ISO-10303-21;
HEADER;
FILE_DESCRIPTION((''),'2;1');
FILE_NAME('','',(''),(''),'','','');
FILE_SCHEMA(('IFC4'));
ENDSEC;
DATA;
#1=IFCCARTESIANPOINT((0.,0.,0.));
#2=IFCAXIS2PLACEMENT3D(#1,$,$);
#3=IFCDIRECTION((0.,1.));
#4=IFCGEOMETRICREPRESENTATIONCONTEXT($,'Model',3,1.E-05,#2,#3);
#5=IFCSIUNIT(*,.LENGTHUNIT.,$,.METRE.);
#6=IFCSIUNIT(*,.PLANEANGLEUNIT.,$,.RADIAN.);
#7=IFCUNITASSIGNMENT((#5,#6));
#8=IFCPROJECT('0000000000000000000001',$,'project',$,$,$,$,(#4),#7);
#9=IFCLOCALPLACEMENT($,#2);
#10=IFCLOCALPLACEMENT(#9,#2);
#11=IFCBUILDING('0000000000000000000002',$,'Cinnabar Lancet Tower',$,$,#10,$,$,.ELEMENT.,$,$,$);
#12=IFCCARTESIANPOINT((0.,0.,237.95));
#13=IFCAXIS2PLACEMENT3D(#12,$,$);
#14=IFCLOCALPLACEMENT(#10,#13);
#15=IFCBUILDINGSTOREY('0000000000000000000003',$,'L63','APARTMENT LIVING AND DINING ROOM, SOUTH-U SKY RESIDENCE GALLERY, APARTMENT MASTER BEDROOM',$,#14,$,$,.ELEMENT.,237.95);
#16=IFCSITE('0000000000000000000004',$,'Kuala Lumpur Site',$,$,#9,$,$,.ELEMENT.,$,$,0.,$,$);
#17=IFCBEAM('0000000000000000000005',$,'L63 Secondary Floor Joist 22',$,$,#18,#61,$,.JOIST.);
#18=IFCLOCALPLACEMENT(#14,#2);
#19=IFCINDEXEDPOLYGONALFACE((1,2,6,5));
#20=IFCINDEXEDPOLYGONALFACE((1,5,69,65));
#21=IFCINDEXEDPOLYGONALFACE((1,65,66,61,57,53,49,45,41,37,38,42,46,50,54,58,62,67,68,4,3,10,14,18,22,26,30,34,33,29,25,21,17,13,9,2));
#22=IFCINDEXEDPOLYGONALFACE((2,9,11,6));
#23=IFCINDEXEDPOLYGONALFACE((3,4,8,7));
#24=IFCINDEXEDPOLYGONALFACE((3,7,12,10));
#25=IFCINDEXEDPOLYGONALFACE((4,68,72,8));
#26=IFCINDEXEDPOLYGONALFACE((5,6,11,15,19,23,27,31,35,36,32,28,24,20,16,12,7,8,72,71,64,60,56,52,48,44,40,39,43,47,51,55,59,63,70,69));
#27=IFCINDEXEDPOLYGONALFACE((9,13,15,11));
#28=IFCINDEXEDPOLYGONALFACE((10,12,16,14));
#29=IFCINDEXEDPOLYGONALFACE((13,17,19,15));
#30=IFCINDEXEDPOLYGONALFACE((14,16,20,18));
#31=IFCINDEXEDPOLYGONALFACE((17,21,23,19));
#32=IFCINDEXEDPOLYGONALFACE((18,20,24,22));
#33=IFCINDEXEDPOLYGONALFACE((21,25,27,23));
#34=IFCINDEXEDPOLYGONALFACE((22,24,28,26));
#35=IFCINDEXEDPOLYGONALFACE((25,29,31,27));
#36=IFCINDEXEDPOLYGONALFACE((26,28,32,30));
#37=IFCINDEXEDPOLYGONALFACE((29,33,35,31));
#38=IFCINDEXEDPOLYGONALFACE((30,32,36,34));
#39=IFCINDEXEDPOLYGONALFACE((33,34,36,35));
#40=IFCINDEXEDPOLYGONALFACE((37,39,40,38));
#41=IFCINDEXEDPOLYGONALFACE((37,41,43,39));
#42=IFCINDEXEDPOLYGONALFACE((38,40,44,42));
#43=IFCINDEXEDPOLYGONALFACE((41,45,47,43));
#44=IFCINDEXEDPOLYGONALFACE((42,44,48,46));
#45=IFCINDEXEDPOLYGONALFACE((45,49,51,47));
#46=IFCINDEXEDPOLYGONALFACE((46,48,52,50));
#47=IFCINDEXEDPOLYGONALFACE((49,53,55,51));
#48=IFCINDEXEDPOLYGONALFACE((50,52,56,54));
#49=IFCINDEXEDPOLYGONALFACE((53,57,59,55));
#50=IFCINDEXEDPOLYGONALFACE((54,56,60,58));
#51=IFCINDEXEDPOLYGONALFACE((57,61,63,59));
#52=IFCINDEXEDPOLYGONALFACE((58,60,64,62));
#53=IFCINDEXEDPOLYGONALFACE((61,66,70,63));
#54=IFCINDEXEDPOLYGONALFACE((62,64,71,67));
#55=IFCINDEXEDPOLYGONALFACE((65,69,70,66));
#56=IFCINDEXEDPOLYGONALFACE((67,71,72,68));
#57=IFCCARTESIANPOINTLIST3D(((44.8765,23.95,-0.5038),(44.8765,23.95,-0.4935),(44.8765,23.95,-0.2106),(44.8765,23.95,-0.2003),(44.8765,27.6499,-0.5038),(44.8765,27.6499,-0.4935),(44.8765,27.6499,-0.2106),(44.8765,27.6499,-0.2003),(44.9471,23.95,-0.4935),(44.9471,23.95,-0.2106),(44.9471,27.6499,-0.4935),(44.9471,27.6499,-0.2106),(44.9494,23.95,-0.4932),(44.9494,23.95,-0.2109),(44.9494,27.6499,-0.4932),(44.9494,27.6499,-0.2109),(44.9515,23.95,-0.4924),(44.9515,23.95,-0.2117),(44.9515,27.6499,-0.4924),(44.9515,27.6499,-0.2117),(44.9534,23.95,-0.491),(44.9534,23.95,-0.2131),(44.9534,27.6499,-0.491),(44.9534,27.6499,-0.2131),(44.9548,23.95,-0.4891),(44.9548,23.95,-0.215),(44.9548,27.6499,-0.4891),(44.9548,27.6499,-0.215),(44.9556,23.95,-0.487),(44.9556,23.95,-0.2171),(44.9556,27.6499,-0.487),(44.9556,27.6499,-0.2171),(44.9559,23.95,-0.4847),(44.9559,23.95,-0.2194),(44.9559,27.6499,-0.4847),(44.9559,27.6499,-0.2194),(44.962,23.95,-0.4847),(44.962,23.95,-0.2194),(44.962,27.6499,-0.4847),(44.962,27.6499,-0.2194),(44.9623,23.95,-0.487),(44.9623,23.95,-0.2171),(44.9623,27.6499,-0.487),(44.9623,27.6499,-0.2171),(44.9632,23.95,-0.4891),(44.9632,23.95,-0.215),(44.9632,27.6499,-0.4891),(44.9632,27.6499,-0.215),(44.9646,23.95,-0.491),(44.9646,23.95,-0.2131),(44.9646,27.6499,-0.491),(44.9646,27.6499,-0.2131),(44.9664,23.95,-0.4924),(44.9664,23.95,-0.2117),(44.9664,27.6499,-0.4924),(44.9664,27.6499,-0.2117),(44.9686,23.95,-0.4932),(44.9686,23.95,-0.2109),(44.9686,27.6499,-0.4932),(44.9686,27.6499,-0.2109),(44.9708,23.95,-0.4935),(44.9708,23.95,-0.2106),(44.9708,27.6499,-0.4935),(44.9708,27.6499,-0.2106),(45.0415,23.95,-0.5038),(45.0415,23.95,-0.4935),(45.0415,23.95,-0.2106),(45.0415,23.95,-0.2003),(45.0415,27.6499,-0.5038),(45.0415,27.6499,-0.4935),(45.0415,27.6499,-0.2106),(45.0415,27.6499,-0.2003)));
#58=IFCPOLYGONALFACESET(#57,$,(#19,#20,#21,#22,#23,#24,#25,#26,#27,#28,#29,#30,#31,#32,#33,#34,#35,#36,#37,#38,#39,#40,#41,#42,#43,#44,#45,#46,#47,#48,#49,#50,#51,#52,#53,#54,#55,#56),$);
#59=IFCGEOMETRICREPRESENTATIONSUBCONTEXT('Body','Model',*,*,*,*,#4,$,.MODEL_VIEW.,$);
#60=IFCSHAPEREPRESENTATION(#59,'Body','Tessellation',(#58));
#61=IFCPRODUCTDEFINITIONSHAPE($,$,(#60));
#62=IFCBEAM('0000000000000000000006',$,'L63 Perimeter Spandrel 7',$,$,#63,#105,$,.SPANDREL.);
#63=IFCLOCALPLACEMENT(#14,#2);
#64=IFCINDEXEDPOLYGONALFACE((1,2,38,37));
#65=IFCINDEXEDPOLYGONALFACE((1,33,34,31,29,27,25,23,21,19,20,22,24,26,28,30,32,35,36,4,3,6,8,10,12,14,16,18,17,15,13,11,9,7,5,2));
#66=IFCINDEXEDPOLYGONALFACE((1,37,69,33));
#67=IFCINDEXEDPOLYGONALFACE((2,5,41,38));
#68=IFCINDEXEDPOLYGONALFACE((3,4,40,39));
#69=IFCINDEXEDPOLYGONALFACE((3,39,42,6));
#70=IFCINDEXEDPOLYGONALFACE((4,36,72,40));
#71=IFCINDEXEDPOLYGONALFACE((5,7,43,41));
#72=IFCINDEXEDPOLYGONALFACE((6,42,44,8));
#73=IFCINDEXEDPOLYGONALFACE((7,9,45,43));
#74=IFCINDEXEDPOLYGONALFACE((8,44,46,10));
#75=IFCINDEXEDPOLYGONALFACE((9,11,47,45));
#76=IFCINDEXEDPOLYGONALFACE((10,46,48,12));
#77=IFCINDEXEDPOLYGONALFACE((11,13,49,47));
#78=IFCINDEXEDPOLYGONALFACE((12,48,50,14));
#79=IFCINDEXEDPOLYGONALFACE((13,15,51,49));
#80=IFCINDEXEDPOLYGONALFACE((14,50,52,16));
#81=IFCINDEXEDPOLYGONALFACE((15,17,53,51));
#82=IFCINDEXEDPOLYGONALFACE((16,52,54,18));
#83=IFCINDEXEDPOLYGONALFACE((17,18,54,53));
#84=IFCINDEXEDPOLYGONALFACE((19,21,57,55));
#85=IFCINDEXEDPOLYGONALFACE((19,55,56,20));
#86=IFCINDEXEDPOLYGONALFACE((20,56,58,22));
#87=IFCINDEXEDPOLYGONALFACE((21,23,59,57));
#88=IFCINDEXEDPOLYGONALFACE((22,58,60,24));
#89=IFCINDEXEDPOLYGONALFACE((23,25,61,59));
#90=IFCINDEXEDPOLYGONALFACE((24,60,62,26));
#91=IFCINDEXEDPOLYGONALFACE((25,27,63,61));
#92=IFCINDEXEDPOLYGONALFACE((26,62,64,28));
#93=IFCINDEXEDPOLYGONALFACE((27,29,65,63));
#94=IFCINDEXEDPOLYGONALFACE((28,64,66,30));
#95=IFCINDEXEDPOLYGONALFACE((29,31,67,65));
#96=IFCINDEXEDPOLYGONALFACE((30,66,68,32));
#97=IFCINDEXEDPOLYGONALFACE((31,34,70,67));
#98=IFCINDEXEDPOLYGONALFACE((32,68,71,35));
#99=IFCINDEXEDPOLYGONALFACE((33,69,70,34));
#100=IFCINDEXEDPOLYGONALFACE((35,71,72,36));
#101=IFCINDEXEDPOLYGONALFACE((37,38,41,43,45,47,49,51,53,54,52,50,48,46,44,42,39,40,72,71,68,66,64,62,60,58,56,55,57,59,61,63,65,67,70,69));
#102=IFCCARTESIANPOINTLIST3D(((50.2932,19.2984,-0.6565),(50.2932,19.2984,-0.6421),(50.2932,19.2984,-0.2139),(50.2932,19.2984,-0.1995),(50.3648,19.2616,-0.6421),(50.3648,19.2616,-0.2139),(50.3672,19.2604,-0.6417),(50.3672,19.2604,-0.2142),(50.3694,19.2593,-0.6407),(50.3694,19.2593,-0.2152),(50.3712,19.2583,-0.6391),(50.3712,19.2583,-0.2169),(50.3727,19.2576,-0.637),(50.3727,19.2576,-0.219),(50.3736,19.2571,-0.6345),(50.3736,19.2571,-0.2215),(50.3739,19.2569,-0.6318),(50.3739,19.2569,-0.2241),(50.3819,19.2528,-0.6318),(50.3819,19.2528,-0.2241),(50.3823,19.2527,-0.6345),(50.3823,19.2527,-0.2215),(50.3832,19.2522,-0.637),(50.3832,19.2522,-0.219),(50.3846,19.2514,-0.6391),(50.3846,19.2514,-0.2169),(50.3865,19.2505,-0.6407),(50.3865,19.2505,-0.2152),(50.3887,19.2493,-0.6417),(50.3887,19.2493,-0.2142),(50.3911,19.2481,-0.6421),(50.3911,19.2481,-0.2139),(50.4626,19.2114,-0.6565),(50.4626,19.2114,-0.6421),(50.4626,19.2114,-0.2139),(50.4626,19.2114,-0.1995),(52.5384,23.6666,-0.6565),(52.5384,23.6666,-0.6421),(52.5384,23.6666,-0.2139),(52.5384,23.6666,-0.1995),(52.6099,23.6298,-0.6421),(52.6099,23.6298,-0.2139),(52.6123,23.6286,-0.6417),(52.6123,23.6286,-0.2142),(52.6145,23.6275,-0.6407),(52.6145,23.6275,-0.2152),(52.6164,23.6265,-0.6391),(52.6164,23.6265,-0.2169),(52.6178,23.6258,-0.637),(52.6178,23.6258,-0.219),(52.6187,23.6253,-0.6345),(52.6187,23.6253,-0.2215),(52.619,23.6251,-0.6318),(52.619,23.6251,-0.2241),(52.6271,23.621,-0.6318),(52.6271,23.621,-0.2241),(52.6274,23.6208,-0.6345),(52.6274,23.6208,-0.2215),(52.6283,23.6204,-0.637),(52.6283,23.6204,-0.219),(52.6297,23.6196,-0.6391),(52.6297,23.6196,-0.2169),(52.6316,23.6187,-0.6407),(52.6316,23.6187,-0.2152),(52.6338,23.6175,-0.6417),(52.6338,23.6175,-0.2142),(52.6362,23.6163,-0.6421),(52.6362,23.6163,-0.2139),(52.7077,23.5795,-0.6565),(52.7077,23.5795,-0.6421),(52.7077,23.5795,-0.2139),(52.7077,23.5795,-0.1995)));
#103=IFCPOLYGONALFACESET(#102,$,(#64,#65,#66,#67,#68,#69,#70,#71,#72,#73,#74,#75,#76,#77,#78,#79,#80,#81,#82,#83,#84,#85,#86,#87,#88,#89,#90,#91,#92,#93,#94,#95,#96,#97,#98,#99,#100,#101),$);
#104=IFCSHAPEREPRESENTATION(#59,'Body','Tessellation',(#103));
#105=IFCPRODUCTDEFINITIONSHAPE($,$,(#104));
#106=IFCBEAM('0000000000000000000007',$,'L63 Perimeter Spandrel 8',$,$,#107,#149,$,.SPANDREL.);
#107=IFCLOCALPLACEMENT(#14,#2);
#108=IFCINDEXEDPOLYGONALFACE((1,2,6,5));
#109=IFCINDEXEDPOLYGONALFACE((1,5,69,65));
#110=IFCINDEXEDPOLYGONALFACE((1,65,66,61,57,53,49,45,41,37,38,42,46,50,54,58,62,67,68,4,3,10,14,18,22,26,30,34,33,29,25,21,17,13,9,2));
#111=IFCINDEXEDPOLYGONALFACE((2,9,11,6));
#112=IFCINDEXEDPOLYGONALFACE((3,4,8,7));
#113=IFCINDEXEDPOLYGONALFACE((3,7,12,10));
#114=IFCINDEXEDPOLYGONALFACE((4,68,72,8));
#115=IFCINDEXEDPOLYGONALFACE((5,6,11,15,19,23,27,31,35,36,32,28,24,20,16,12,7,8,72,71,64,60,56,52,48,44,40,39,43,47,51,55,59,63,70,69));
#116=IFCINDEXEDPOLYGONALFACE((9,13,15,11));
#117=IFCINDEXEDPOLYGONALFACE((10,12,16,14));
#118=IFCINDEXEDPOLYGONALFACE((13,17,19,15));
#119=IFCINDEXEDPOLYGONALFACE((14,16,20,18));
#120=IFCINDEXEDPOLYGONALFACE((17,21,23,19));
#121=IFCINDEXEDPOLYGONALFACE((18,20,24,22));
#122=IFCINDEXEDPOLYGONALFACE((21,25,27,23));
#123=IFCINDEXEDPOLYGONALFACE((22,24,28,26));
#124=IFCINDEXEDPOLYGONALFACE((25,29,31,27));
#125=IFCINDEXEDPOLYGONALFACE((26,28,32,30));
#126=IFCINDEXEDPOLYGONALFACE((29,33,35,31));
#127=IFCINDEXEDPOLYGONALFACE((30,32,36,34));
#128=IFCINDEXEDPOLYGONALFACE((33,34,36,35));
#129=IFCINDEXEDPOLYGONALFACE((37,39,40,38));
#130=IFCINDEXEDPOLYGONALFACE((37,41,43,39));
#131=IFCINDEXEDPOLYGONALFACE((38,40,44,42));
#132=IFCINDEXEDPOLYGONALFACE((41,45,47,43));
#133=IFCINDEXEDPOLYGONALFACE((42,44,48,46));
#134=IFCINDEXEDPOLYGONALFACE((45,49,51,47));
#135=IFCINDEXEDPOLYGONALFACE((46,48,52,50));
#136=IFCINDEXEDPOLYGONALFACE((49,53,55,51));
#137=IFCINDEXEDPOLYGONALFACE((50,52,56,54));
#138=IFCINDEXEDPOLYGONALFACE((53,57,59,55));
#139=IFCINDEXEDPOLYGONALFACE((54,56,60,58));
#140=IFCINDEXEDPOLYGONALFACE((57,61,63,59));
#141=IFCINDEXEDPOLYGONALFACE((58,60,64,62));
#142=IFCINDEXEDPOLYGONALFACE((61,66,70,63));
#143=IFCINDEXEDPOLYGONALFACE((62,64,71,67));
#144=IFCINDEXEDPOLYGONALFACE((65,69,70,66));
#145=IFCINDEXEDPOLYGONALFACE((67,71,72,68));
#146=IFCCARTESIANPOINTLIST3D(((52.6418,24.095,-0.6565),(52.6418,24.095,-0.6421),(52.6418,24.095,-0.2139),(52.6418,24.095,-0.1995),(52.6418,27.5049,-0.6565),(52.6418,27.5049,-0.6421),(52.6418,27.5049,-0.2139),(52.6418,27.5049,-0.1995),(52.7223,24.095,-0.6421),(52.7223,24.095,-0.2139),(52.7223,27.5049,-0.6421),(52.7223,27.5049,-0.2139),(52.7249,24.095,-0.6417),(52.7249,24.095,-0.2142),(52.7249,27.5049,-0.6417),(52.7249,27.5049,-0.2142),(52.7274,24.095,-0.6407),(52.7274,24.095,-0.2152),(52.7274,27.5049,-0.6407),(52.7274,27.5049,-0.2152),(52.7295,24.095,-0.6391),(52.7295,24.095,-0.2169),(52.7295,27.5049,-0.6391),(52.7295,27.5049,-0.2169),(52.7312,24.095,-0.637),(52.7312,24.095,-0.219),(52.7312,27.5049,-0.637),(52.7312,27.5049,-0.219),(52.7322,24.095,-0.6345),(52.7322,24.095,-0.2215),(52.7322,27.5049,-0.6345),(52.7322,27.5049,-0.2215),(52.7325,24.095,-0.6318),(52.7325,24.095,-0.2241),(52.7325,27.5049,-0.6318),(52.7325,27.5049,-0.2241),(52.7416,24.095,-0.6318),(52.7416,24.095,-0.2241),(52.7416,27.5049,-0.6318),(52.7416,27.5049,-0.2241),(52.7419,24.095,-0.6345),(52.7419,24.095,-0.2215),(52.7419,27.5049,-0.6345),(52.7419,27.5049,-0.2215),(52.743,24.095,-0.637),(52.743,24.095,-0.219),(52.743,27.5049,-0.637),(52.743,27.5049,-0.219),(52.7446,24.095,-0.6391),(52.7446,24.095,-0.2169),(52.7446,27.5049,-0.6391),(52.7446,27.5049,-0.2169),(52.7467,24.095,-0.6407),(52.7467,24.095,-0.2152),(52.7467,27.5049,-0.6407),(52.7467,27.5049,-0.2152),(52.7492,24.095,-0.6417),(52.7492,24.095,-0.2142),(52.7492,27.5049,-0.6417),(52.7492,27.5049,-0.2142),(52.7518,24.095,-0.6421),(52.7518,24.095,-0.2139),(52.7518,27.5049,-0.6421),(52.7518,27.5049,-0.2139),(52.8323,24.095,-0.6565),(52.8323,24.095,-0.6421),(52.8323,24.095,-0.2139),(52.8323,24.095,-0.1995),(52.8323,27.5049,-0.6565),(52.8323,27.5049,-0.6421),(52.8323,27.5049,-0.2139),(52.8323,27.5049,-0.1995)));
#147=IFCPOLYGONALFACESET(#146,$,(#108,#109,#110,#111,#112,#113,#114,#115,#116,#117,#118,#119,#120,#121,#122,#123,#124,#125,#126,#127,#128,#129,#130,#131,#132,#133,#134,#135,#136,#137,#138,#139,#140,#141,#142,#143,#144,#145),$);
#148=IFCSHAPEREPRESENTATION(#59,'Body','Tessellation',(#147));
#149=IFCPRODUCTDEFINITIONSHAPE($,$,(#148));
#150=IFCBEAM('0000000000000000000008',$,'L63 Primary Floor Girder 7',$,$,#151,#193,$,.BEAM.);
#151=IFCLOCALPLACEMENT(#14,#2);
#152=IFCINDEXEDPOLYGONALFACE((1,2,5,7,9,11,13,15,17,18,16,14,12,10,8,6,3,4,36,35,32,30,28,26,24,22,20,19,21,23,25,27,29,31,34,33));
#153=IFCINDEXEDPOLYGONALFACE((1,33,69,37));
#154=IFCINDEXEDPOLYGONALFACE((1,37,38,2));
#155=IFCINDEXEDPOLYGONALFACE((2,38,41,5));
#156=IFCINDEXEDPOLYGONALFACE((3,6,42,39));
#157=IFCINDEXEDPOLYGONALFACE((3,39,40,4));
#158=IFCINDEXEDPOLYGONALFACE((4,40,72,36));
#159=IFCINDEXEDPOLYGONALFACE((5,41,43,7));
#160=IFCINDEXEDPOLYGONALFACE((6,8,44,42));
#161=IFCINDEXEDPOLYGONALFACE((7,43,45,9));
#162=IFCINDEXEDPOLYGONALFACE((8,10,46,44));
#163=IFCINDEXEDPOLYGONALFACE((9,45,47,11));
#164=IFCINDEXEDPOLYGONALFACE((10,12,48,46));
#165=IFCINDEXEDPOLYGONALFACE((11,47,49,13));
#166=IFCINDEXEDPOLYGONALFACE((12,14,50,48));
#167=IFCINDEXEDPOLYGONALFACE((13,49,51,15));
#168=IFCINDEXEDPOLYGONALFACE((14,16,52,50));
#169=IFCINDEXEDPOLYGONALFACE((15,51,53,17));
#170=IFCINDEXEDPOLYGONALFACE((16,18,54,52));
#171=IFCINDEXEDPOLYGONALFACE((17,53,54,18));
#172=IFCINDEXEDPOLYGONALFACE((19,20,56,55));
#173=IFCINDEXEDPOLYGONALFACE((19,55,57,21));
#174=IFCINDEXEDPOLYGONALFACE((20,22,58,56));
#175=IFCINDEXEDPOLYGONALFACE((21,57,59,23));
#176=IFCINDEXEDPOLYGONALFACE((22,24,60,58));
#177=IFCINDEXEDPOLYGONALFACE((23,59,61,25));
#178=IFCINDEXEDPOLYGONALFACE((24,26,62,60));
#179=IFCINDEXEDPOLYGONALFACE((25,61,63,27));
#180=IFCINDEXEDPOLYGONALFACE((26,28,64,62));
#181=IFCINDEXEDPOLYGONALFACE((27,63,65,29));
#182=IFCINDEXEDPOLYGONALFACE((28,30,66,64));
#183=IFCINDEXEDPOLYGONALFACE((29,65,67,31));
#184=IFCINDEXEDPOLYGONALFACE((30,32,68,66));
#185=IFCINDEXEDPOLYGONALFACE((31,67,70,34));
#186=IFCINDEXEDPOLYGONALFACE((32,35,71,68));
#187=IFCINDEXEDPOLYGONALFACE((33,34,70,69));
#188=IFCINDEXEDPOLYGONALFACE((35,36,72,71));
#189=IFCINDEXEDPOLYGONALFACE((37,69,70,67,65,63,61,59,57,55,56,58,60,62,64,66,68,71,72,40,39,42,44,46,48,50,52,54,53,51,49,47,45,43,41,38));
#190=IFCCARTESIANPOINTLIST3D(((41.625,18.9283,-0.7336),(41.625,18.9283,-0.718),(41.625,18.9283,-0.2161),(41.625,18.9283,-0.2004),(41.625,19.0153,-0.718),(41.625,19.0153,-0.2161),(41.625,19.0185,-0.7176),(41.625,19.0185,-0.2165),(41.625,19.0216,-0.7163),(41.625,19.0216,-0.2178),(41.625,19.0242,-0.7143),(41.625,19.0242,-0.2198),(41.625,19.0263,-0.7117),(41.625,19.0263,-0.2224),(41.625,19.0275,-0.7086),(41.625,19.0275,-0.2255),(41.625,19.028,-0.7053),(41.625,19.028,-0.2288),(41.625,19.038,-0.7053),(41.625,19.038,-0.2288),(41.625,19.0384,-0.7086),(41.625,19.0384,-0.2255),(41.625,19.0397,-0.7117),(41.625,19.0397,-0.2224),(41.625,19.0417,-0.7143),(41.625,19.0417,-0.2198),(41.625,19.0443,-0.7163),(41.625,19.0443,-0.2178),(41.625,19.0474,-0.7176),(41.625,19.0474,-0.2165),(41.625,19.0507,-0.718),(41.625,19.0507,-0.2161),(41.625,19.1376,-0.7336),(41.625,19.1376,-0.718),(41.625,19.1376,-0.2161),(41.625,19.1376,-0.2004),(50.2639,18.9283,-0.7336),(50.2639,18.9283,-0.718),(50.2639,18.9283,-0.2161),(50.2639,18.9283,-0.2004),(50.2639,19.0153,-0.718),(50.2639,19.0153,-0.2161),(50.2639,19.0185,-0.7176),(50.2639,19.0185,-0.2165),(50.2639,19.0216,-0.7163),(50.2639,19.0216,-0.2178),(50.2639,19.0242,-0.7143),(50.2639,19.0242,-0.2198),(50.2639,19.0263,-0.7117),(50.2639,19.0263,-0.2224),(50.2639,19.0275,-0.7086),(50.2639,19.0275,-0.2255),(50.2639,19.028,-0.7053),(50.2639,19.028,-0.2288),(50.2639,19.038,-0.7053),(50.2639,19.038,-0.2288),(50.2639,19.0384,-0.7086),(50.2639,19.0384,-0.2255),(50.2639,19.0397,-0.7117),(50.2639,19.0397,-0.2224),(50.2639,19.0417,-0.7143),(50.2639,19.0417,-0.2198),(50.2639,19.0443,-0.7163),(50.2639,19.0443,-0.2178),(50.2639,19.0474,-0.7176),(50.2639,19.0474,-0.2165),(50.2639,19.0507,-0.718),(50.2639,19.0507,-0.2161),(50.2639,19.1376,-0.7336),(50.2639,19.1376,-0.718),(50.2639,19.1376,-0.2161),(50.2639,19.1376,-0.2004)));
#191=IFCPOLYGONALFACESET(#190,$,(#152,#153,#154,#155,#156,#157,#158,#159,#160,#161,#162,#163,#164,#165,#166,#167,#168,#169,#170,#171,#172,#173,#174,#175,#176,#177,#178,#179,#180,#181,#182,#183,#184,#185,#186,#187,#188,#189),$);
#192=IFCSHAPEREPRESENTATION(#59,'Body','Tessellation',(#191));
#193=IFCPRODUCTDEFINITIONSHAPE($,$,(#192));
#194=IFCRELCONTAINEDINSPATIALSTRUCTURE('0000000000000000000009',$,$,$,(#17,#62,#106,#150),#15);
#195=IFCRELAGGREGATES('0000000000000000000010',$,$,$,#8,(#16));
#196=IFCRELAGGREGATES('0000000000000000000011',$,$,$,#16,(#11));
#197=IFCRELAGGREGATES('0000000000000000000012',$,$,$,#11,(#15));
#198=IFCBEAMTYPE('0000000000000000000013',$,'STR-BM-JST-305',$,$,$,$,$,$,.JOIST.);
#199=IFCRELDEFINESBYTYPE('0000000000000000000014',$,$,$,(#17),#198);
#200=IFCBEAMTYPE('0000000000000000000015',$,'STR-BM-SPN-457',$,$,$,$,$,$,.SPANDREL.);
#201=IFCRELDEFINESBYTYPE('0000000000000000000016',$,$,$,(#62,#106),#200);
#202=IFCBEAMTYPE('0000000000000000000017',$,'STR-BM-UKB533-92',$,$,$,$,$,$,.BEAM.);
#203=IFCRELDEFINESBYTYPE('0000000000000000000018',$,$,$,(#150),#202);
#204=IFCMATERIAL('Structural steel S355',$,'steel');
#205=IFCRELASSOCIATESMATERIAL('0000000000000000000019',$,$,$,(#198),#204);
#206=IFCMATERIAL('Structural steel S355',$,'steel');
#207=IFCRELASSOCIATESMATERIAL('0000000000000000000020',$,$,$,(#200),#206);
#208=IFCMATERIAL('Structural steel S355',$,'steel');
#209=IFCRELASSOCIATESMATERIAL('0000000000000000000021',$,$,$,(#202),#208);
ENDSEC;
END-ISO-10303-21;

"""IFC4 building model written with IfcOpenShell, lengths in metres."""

from ifc_helpers import new_model, si_unit, direction, frame, origin, origin_2d, place, context, subcontext, project, spatial, i_section, extrude, material, material_profile, profile_set, type_object, element, save


model = new_model("IFC4")

# Units and contexts
model_context = context("Model", 3, precision=1e-05, world=origin(), true_north=direction((0.0, 1.0)))
body_context = subcontext(model_context, "Body", "Model", "MODEL_VIEW")
ifc_project = project(units=[si_unit("LENGTHUNIT", "METRE"), si_unit("PLANEANGLEUNIT", "RADIAN")], contexts=[model_context])

# Site, building, storey
site_placement = place(None, origin())
site = spatial("IfcSite", under=ifc_project, at=site_placement, Name="Kuala Lumpur Site", CompositionType="ELEMENT", RefElevation=0.0)
building_placement = place(site_placement, origin())
building = spatial("IfcBuilding", under=site, at=building_placement, Name="Cinnabar Lancet Tower", CompositionType="ELEMENT")
storey_placement = place(building_placement, frame((0.0, 0.0, 237.95)))
storey = spatial("IfcBuildingStorey", under=building, at=storey_placement, Name="L63", Description="APARTMENT LIVING AND DINING ROOM, SOUTH-U SKY RESIDENCE GALLERY, APARTMENT MASTER BEDROOM", CompositionType="ELEMENT", Elevation=237.95)

# Beams
ifc_material_1 = material(Name="Structural steel S355", Category="steel")
ifc_material_profile_1 = material_profile(ifc_material_1, i_section(OverallWidth=0.165, OverallDepth=0.3035, WebThickness=0.0061, FlangeThickness=0.0103, FilletRadius=0.0088, at=origin_2d()), Name="UKB 305x165x40")
ifc_profile_set_1 = profile_set([ifc_material_profile_1], Name="Structural steel S355")
beam_type_1 = type_object("IfcBeamType", Name="STR-BM-JST-305", PredefinedType="JOIST", material=ifc_profile_set_1)
for number, where, z_axis, x_axis, name in (
    (1, (44.959, 23.95, -0.3521), (0.0, 1.0, 0.0), (-1.0, 0.0, 0.0), "L63 Secondary Floor Joist 22"),
):
    element("IfcBeam", number, at=place(storey_placement, frame(where, z_axis=z_axis, x_axis=x_axis)), inside=storey, type_object=beam_type_1, Name=name, PredefinedType="JOIST", context=body_context, shape_type="SweptSolid", body=[
        extrude(i_section(OverallWidth=0.165, OverallDepth=0.3035, WebThickness=0.0061, FlangeThickness=0.0103, FilletRadius=0.0088, at=origin_2d()), origin(), (0.0, 0.0, 1.0), 3.7),
    ])
ifc_material_2 = material(Name="Structural steel S355", Category="steel")
ifc_material_profile_2 = material_profile(ifc_material_2, i_section(OverallWidth=0.1904, OverallDepth=0.457, WebThickness=0.009, FlangeThickness=0.0144, FilletRadius=0.0103, at=origin_2d()), Name="UKB 457x191x74")
ifc_profile_set_2 = profile_set([ifc_material_profile_2], Name="Structural steel S355")
beam_type_2 = type_object("IfcBeamType", Name="STR-BM-SPN-457", PredefinedType="SPANDREL", material=ifc_profile_set_2)
beam_1_placement = place(storey_placement, frame((50.3779, 19.2549, -0.428), z_axis=(0.457128, 0.889401, 0.0), x_axis=(-0.889401, 0.457128, 0.0)))
element("IfcBeam", 2, at=beam_1_placement, inside=storey, type_object=beam_type_2, Name="L63 Perimeter Spandrel 7", PredefinedType="SPANDREL", context=body_context, shape_type="SweptSolid", body=[
    extrude(i_section(OverallWidth=0.1904, OverallDepth=0.457, WebThickness=0.009, FlangeThickness=0.0144, FilletRadius=0.0103, at=origin_2d()), origin(), (0.0, 0.0, 1.0), 4.9114),
])
beam_2_placement = place(storey_placement, frame((52.7371, 24.095, -0.428), z_axis=(0.0, 1.0, 0.0), x_axis=(-1.0, 0.0, 0.0)))
element("IfcBeam", 3, at=beam_2_placement, inside=storey, type_object=beam_type_2, Name="L63 Perimeter Spandrel 8", PredefinedType="SPANDREL", context=body_context, shape_type="SweptSolid", body=[
    extrude(i_section(OverallWidth=0.1904, OverallDepth=0.457, WebThickness=0.009, FlangeThickness=0.0144, FilletRadius=0.0103, at=origin_2d()), origin(), (0.0, 0.0, 1.0), 3.4099),
])
ifc_material_3 = material(Name="Structural steel S355", Category="steel")
ifc_material_profile_3 = material_profile(ifc_material_3, i_section(OverallWidth=0.2092, OverallDepth=0.5332, WebThickness=0.01, FlangeThickness=0.0156, FilletRadius=0.0127, at=origin_2d()), Name="UKB 533x210x92")
ifc_profile_set_3 = profile_set([ifc_material_profile_3], Name="Structural steel S355")
beam_type_3 = type_object("IfcBeamType", Name="STR-BM-UKB533-92", PredefinedType="BEAM", material=ifc_profile_set_3)
beam_3_placement = place(storey_placement, frame((50.2639, 19.033, -0.467), z_axis=(-1.0, 0.0, 0.0), x_axis=(0.0, -1.0, 0.0)))
element("IfcBeam", 4, at=beam_3_placement, inside=storey, type_object=beam_type_3, Name="L63 Primary Floor Girder 7", PredefinedType="BEAM", context=body_context, shape_type="SweptSolid", body=[
    extrude(i_section(OverallWidth=0.2092, OverallDepth=0.5332, WebThickness=0.01, FlangeThickness=0.0156, FilletRadius=0.0127, at=origin_2d()), origin(), (0.0, 0.0, 1.0), 8.6389),
])

save(model, "model.ifc")
